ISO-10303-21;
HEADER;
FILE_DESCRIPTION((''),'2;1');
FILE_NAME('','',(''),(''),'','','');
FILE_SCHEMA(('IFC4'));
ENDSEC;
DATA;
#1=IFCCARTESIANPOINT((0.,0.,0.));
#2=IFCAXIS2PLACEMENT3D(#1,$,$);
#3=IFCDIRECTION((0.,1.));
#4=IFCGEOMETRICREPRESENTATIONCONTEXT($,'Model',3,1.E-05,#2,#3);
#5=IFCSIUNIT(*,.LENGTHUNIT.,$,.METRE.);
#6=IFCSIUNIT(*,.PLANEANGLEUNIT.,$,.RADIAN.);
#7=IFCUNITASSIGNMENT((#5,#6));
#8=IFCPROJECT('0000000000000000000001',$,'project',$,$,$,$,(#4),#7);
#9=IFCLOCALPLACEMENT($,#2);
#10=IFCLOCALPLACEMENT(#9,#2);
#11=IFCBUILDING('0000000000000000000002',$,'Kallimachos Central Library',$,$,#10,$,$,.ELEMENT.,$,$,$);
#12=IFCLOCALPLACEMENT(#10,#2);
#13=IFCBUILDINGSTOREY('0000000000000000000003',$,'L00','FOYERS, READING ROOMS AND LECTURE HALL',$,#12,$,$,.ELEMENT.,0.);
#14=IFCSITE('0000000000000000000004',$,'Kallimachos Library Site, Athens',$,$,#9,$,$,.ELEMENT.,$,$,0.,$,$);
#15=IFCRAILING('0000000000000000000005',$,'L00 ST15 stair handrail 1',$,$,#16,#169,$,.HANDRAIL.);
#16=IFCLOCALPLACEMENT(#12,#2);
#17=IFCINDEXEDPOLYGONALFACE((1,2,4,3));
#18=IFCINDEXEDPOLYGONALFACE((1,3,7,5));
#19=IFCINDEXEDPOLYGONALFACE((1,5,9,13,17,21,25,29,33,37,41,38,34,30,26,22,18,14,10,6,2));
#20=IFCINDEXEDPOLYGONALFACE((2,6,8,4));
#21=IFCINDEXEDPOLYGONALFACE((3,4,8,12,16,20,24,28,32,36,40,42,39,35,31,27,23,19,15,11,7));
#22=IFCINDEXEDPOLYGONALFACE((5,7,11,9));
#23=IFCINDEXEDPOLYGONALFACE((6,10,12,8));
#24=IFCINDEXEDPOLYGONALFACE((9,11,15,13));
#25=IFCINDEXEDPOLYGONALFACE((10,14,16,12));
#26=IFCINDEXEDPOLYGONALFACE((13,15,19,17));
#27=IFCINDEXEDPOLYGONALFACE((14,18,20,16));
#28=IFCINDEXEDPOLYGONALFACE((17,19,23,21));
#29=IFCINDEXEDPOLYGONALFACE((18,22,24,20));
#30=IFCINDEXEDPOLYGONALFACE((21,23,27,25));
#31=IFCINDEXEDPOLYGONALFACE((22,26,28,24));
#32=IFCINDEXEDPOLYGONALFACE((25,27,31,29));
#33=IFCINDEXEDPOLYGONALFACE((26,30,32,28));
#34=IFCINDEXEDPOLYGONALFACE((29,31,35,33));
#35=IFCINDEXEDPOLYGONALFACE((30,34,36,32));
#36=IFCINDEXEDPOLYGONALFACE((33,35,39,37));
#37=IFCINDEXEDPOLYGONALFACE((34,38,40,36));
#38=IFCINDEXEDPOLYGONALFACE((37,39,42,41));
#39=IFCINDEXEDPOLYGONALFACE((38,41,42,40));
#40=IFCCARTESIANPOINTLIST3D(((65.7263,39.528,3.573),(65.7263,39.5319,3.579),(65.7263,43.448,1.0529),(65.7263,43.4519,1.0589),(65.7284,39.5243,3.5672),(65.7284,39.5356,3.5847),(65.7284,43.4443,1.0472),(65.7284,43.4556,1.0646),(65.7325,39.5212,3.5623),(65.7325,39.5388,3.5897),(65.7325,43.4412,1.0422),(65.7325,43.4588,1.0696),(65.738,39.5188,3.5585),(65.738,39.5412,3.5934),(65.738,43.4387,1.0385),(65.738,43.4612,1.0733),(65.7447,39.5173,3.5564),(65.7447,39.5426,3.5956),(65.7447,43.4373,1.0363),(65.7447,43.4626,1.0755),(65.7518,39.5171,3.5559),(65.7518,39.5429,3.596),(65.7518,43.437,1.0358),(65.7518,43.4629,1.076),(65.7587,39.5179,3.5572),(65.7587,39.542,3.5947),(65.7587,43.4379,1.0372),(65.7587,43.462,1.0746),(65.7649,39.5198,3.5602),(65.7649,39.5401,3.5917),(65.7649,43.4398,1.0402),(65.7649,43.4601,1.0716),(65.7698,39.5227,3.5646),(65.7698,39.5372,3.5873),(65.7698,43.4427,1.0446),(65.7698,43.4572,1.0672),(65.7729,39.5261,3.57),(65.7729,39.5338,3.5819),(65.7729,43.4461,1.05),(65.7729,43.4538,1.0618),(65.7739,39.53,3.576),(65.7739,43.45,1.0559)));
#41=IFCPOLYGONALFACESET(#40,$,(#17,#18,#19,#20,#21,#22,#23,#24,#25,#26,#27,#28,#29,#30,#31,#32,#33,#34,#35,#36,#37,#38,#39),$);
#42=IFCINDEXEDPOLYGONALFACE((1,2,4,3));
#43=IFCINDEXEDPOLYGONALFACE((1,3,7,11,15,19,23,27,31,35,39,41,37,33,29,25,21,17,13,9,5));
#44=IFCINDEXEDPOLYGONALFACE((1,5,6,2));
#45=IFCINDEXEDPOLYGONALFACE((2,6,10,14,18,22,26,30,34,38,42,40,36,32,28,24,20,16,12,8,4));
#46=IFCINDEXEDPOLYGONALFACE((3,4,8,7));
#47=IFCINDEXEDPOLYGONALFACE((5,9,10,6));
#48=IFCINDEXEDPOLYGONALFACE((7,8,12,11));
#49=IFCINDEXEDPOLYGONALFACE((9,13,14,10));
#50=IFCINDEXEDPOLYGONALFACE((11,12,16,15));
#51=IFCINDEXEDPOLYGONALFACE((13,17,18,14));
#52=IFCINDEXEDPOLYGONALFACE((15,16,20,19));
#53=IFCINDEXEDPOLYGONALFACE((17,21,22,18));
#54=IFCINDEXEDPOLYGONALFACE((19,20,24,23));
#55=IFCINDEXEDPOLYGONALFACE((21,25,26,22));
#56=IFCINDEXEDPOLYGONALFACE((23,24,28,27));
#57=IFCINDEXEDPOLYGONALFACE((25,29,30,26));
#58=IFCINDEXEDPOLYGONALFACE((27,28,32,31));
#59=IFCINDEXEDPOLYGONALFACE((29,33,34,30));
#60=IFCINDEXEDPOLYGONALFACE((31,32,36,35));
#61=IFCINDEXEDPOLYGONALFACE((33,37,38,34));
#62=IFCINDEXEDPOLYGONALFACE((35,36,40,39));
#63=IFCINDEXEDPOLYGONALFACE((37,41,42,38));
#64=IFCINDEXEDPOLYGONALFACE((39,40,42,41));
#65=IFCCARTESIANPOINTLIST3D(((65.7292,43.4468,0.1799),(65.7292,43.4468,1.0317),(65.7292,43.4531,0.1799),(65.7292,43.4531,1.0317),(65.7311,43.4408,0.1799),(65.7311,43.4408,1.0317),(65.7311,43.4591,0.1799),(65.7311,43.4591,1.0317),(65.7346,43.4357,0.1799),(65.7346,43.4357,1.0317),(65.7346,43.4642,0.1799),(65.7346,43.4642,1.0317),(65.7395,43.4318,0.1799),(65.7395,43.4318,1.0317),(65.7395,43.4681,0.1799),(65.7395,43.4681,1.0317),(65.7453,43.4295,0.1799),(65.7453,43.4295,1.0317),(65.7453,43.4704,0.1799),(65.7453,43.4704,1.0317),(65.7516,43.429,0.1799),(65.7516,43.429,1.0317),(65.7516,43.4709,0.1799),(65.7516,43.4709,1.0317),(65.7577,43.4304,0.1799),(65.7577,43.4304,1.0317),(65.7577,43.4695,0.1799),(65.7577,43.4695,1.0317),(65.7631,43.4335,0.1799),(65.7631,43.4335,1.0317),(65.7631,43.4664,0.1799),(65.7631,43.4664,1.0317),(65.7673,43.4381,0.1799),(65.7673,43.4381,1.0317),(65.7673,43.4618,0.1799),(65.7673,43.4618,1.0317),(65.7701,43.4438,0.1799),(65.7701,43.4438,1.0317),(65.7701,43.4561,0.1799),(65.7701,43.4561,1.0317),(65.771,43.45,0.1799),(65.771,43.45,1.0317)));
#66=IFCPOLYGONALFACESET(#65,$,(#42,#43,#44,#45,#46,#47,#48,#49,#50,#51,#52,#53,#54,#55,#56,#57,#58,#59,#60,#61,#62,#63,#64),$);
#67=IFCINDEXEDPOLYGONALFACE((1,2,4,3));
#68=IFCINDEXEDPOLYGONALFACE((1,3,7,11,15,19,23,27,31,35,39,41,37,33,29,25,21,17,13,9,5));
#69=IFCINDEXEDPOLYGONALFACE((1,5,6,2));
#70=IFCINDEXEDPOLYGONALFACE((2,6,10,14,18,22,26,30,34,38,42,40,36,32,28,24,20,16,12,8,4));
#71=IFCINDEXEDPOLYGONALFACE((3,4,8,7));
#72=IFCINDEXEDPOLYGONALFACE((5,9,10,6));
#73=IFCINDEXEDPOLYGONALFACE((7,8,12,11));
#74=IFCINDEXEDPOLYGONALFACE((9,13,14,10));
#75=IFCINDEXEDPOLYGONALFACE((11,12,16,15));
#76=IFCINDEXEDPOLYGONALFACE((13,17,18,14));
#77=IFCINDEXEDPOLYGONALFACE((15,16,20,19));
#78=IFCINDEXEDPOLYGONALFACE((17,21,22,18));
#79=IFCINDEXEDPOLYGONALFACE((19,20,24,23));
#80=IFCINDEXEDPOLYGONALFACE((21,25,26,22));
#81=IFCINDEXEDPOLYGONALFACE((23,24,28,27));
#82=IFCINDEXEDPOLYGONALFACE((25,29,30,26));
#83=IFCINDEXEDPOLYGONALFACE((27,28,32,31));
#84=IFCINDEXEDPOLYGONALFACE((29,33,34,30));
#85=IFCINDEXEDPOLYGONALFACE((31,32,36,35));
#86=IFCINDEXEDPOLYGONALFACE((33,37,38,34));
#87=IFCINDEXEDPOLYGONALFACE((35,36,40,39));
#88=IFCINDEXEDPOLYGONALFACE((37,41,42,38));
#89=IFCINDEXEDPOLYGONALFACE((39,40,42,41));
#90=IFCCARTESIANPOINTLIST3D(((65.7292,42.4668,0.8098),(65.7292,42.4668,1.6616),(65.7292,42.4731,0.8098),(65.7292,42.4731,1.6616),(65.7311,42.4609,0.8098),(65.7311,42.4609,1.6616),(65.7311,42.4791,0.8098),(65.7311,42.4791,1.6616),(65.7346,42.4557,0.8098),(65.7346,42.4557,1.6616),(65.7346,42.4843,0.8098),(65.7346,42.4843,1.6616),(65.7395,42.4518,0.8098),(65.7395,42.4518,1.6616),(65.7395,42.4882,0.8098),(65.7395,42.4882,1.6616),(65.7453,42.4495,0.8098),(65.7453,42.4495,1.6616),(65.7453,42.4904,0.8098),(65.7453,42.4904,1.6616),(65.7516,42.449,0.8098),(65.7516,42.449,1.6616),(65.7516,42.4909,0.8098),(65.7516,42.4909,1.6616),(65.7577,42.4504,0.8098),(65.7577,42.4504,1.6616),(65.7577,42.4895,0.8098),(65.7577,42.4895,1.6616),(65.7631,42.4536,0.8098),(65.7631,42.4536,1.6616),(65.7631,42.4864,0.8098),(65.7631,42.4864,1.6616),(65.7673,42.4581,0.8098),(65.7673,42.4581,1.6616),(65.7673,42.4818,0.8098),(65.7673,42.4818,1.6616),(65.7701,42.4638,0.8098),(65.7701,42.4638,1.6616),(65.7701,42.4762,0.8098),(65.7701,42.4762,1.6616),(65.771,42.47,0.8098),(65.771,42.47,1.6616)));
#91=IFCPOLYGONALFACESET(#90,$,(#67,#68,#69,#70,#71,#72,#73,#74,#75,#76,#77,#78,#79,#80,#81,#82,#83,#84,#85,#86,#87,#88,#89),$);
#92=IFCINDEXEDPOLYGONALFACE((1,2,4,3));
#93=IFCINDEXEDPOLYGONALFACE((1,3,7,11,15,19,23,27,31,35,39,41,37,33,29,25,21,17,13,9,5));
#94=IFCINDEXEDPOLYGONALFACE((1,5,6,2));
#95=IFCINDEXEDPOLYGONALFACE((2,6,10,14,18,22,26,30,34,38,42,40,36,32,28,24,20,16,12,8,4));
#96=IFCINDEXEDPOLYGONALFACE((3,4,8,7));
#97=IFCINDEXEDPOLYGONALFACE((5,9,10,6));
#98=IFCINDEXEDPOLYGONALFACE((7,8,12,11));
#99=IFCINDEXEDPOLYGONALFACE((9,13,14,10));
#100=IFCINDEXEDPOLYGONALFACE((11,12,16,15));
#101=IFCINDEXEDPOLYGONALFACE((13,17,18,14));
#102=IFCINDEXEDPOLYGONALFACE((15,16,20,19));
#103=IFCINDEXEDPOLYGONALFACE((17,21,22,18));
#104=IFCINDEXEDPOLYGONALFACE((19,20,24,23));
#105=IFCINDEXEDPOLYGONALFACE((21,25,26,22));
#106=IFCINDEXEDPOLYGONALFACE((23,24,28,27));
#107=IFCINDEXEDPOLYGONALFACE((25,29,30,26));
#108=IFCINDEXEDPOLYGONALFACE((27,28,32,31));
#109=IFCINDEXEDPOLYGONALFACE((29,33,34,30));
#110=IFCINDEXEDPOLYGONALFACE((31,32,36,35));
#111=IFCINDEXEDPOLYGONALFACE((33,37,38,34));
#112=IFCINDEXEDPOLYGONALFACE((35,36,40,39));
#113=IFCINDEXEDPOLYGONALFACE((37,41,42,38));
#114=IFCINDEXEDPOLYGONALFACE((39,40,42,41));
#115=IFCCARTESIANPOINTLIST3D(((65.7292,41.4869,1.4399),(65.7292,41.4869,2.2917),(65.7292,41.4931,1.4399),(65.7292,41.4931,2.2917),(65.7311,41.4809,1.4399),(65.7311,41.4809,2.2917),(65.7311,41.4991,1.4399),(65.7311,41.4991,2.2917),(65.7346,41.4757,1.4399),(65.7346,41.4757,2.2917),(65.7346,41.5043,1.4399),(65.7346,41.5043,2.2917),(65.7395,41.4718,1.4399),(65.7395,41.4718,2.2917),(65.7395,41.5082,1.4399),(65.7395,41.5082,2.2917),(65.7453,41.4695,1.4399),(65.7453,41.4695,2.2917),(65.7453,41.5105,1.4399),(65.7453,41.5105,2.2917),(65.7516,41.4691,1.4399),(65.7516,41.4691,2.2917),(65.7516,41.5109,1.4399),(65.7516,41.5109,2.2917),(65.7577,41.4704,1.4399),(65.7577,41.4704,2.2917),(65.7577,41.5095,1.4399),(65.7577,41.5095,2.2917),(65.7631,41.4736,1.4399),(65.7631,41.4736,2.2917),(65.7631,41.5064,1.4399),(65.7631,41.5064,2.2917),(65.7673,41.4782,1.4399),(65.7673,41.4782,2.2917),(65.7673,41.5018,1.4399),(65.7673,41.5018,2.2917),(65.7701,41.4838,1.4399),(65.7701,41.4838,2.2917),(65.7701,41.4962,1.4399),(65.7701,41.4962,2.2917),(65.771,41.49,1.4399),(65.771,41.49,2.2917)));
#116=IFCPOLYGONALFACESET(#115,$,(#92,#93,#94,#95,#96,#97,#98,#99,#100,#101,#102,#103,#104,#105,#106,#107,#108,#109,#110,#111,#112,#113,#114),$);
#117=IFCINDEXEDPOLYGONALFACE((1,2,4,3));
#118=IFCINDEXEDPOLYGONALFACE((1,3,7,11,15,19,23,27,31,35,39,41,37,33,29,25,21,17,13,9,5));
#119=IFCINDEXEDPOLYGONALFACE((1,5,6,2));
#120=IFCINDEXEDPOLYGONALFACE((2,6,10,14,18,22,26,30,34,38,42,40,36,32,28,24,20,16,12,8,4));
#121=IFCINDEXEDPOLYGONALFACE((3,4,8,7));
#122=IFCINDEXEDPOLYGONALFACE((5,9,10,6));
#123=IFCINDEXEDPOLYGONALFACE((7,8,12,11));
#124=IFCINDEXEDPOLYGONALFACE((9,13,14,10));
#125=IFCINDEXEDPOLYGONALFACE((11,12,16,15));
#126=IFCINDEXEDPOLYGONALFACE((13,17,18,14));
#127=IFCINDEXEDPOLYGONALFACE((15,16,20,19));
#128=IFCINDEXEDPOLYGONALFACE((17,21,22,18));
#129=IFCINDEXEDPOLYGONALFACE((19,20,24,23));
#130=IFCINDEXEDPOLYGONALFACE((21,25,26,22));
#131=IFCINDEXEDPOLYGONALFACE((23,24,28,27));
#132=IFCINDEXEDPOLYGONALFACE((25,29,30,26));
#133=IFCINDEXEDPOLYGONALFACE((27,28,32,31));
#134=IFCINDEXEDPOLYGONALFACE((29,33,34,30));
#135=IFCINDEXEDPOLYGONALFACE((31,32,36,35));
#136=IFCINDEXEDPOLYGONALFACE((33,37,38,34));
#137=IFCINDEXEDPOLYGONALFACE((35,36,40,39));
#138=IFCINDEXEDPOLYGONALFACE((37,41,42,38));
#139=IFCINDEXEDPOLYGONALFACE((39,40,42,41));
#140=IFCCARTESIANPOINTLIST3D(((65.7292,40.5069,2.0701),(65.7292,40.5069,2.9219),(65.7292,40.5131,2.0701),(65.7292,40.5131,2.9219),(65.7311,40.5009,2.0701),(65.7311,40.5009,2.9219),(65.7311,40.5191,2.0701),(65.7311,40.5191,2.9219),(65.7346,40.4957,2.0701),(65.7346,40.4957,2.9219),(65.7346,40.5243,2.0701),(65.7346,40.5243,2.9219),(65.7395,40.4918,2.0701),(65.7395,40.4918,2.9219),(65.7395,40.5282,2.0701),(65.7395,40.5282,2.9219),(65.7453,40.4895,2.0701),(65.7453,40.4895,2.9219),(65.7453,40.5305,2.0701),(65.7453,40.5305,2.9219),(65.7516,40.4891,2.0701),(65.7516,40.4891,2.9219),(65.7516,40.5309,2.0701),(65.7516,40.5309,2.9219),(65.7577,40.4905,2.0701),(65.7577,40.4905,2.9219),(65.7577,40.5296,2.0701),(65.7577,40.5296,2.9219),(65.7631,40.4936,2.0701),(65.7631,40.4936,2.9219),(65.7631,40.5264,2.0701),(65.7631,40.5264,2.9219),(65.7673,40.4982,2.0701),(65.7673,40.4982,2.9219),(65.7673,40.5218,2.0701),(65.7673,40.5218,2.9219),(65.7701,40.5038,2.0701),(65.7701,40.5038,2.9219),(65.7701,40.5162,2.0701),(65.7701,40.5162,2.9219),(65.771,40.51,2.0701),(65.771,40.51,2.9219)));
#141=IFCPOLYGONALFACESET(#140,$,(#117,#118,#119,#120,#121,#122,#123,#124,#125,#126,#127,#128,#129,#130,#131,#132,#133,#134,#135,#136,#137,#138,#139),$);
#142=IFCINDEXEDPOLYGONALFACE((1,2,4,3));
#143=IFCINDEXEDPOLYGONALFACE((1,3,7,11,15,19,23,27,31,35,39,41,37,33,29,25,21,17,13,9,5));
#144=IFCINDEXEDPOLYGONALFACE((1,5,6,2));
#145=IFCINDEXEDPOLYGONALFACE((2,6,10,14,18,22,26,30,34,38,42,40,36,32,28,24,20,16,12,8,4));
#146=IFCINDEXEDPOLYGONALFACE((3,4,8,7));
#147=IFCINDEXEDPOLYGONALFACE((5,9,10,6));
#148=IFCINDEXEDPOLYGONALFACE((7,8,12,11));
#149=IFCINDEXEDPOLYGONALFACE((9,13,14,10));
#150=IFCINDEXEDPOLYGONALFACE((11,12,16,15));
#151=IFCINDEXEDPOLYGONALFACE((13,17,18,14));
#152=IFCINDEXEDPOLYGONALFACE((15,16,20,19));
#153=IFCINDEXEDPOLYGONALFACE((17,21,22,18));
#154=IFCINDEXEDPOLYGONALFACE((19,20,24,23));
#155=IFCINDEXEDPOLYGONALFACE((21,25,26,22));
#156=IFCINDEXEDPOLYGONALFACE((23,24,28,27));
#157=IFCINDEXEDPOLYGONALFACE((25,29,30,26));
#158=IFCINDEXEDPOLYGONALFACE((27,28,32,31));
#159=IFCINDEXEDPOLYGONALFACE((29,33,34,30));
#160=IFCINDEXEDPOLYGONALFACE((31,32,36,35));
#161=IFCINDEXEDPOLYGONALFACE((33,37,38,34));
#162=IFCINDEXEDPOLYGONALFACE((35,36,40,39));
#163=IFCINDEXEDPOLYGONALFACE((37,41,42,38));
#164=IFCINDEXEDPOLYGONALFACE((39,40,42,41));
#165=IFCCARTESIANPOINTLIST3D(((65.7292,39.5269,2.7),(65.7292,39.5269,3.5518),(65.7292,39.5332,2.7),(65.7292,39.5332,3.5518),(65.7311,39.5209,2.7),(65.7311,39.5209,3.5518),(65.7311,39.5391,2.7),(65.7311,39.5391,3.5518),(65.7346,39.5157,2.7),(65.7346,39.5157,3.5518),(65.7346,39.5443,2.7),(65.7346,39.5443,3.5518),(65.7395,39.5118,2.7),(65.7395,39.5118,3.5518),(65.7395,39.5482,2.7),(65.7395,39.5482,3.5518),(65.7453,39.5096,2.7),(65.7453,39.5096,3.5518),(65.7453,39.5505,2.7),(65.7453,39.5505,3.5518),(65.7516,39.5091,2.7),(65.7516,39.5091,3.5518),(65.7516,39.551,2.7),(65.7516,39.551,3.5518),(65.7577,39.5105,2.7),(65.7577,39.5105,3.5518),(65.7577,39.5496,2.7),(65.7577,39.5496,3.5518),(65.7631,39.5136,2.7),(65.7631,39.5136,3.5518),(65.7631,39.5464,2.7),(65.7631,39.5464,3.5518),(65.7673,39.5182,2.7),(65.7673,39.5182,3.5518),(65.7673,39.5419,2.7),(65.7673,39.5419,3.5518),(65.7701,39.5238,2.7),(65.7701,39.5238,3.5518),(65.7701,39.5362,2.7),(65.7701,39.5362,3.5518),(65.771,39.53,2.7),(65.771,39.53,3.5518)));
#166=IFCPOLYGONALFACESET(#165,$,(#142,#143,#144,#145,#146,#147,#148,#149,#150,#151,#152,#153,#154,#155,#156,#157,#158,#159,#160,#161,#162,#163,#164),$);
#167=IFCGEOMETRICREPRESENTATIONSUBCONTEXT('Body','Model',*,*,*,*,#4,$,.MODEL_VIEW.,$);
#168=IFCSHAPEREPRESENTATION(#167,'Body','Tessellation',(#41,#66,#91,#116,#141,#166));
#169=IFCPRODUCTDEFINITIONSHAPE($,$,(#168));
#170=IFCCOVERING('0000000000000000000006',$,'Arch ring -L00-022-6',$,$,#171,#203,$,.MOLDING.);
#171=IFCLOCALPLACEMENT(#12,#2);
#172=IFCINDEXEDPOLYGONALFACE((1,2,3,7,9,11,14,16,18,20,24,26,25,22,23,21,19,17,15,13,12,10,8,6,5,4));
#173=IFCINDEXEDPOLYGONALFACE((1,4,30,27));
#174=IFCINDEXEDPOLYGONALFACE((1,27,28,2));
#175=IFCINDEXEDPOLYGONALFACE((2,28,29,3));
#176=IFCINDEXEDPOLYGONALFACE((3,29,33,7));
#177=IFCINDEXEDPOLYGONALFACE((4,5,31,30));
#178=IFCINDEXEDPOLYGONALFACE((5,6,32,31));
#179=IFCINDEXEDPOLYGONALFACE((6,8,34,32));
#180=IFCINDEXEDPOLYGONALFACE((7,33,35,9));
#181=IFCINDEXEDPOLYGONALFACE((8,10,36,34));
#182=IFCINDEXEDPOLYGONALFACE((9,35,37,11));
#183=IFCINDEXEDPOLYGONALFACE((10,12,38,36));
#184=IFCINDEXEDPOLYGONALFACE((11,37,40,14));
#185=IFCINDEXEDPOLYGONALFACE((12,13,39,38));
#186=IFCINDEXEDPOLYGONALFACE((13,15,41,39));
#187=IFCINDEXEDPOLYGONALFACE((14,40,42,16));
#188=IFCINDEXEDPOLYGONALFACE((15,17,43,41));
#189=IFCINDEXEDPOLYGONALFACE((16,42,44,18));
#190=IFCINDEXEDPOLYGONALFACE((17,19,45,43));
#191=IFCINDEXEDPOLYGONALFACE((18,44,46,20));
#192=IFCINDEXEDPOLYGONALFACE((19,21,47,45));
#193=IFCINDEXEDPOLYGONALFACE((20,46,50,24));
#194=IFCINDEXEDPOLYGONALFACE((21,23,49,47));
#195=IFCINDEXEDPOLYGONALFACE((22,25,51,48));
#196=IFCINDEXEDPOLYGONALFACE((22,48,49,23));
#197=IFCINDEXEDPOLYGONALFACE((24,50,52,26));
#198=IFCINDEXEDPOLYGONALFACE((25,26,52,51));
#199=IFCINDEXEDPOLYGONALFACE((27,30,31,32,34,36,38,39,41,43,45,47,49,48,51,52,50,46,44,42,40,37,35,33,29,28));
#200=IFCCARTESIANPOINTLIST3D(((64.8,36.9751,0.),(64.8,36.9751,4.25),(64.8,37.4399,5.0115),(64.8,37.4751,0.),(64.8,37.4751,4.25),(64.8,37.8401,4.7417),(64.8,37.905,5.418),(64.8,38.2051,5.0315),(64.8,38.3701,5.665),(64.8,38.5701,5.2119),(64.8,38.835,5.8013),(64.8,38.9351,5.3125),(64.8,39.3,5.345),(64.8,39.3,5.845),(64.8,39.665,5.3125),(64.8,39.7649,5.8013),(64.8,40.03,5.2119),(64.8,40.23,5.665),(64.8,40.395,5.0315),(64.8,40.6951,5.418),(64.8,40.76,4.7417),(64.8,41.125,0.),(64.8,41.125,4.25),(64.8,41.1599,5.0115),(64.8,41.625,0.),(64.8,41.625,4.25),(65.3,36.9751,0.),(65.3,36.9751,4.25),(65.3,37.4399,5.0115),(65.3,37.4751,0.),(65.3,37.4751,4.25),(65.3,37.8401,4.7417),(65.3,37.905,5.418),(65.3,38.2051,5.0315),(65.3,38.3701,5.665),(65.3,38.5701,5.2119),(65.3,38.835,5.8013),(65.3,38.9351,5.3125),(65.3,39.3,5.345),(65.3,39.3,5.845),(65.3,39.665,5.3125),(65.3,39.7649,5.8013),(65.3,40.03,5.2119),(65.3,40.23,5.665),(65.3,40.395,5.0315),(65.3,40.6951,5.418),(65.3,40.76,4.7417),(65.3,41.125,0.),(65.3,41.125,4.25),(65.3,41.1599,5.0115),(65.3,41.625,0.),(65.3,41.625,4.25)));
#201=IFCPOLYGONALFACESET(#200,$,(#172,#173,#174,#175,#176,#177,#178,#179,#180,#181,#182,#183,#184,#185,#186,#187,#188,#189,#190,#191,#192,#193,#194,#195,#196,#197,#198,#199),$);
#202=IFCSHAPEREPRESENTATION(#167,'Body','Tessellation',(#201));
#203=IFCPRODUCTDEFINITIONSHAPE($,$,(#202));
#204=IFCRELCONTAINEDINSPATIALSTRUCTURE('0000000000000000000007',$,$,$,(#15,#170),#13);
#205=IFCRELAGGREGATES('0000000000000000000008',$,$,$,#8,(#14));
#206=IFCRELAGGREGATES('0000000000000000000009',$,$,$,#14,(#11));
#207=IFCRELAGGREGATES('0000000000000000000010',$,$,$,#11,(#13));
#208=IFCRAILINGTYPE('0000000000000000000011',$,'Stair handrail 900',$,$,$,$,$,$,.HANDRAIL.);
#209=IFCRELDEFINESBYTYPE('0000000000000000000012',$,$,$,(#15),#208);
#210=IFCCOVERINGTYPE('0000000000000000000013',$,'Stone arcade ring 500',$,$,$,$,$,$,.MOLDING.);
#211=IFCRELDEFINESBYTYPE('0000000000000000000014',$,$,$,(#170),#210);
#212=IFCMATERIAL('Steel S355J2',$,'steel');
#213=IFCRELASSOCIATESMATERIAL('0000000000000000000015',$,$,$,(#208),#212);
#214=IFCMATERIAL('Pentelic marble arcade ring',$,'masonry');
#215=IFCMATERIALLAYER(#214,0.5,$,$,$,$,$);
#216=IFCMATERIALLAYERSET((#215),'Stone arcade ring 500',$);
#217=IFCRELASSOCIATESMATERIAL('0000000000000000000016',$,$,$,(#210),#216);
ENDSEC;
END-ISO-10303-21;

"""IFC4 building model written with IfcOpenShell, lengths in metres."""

from ifc_helpers import new_model, si_unit, direction, frame, origin, origin_2d, place, context, subcontext, project, spatial, polyline, circle, outline, extrude, material, layer, layer_set, type_object, element, save


model = new_model("IFC4")

# Units and contexts
model_context = context("Model", 3, precision=1e-05, world=origin(), true_north=direction((0.0, 1.0)))
body_context = subcontext(model_context, "Body", "Model", "MODEL_VIEW")
ifc_project = project(units=[si_unit("LENGTHUNIT", "METRE"), si_unit("PLANEANGLEUNIT", "RADIAN")], contexts=[model_context])

# Site, building, storey
site_placement = place(None, origin())
site = spatial("IfcSite", under=ifc_project, at=site_placement, Name="Kallimachos Library Site, Athens", CompositionType="ELEMENT", RefElevation=0.0)
building_placement = place(site_placement, origin())
building = spatial("IfcBuilding", under=site, at=building_placement, Name="Kallimachos Central Library", CompositionType="ELEMENT")
storey_placement = place(building_placement, origin())
storey = spatial("IfcBuildingStorey", under=building, at=storey_placement, Name="L00", Description="FOYERS, READING ROOMS AND LECTURE HALL", CompositionType="ELEMENT", Elevation=0.0)

# Railing
ifc_material_1 = material(Name="Steel S355J2", Category="steel")
railing_type_1 = type_object("IfcRailingType", Name="Stair handrail 900", PredefinedType="HANDRAIL", material=ifc_material_1)
railing_1_placement = place(storey_placement, frame((65.75, 43.45, 0.1799)))
element("IfcRailing", 1, at=railing_1_placement, inside=storey, type_object=railing_type_1, Name="L00 ST15 stair handrail 1", PredefinedType="HANDRAIL", context=body_context, shape_type="SweptSolid", body=[
    extrude(circle(Radius=0.0239, at=origin_2d()), frame((0.0, 0.0, 0.876), z_axis=(0.0, -0.841172, 0.540768), x_axis=(1.0, 0.0, 0.0)), (0.0, 0.0, 1.0), 4.6602),
    extrude(circle(Radius=0.021, at=origin_2d()), origin(), (0.0, 0.0, 1.0), 0.8518),
    extrude(circle(Radius=0.021, at=origin_2d()), frame((0.0, -0.98, 0.6299)), (0.0, 0.0, 1.0), 0.8518),
    extrude(circle(Radius=0.021, at=origin_2d()), frame((0.0, -1.96, 1.26)), (0.0, 0.0, 1.0), 0.8518),
    extrude(circle(Radius=0.021, at=origin_2d()), frame((0.0, -2.9399, 1.8901)), (0.0, 0.0, 1.0), 0.8518),
    extrude(circle(Radius=0.021, at=origin_2d()), frame((0.0, -3.9199, 2.52)), (0.0, 0.0, 1.0), 0.8518),
])

# Covering
ifc_material_2 = material(Name="Pentelic marble arcade ring", Category="masonry")
ifc_layer_1 = layer(ifc_material_2, 0.5)
ifc_layer_set_1 = layer_set([ifc_layer_1], Name="Stone arcade ring 500")
covering_type_1 = type_object("IfcCoveringType", Name="Stone arcade ring 500", PredefinedType="MOLDING", material=ifc_layer_set_1)
covering_1_placement = place(storey_placement, frame((64.8, 36.9751, 0.0), z_axis=(-1.0, 0.0, 0.0), x_axis=(0.0, 0.0, 1.0)))
element("IfcCovering", 2, at=covering_1_placement, inside=storey, type_object=covering_type_1, Name="Arch ring -L00-022-6", PredefinedType="MOLDING", context=body_context, shape_type="SweptSolid", body=[
    extrude(outline(polyline([(0.0, 0.0), (4.25, 0.0), (5.0115, 0.4648), (5.418, 0.9299), (5.665, 1.395), (5.8013, 1.8599), (5.845, 2.325), (5.8013, 2.7898), (5.665, 3.2549), (5.418, 3.72), (5.0115, 4.1848), (4.25, 4.6499), (0.0, 4.6499), (0.0, 4.1499), (4.25, 4.1499), (4.7417, 3.7849), (5.0315, 3.4199), (5.2119, 3.0549), (5.3125, 2.6899), (5.345, 2.325), (5.3125, 1.96), (5.2119, 1.595), (5.0315, 1.23), (4.7417, 0.865), (4.25, 0.5), (0.0, 0.5), (0.0, 0.0)])), origin(), (0.0, 0.0, -1.0), 0.5),
])

save(model, "model.ifc")
